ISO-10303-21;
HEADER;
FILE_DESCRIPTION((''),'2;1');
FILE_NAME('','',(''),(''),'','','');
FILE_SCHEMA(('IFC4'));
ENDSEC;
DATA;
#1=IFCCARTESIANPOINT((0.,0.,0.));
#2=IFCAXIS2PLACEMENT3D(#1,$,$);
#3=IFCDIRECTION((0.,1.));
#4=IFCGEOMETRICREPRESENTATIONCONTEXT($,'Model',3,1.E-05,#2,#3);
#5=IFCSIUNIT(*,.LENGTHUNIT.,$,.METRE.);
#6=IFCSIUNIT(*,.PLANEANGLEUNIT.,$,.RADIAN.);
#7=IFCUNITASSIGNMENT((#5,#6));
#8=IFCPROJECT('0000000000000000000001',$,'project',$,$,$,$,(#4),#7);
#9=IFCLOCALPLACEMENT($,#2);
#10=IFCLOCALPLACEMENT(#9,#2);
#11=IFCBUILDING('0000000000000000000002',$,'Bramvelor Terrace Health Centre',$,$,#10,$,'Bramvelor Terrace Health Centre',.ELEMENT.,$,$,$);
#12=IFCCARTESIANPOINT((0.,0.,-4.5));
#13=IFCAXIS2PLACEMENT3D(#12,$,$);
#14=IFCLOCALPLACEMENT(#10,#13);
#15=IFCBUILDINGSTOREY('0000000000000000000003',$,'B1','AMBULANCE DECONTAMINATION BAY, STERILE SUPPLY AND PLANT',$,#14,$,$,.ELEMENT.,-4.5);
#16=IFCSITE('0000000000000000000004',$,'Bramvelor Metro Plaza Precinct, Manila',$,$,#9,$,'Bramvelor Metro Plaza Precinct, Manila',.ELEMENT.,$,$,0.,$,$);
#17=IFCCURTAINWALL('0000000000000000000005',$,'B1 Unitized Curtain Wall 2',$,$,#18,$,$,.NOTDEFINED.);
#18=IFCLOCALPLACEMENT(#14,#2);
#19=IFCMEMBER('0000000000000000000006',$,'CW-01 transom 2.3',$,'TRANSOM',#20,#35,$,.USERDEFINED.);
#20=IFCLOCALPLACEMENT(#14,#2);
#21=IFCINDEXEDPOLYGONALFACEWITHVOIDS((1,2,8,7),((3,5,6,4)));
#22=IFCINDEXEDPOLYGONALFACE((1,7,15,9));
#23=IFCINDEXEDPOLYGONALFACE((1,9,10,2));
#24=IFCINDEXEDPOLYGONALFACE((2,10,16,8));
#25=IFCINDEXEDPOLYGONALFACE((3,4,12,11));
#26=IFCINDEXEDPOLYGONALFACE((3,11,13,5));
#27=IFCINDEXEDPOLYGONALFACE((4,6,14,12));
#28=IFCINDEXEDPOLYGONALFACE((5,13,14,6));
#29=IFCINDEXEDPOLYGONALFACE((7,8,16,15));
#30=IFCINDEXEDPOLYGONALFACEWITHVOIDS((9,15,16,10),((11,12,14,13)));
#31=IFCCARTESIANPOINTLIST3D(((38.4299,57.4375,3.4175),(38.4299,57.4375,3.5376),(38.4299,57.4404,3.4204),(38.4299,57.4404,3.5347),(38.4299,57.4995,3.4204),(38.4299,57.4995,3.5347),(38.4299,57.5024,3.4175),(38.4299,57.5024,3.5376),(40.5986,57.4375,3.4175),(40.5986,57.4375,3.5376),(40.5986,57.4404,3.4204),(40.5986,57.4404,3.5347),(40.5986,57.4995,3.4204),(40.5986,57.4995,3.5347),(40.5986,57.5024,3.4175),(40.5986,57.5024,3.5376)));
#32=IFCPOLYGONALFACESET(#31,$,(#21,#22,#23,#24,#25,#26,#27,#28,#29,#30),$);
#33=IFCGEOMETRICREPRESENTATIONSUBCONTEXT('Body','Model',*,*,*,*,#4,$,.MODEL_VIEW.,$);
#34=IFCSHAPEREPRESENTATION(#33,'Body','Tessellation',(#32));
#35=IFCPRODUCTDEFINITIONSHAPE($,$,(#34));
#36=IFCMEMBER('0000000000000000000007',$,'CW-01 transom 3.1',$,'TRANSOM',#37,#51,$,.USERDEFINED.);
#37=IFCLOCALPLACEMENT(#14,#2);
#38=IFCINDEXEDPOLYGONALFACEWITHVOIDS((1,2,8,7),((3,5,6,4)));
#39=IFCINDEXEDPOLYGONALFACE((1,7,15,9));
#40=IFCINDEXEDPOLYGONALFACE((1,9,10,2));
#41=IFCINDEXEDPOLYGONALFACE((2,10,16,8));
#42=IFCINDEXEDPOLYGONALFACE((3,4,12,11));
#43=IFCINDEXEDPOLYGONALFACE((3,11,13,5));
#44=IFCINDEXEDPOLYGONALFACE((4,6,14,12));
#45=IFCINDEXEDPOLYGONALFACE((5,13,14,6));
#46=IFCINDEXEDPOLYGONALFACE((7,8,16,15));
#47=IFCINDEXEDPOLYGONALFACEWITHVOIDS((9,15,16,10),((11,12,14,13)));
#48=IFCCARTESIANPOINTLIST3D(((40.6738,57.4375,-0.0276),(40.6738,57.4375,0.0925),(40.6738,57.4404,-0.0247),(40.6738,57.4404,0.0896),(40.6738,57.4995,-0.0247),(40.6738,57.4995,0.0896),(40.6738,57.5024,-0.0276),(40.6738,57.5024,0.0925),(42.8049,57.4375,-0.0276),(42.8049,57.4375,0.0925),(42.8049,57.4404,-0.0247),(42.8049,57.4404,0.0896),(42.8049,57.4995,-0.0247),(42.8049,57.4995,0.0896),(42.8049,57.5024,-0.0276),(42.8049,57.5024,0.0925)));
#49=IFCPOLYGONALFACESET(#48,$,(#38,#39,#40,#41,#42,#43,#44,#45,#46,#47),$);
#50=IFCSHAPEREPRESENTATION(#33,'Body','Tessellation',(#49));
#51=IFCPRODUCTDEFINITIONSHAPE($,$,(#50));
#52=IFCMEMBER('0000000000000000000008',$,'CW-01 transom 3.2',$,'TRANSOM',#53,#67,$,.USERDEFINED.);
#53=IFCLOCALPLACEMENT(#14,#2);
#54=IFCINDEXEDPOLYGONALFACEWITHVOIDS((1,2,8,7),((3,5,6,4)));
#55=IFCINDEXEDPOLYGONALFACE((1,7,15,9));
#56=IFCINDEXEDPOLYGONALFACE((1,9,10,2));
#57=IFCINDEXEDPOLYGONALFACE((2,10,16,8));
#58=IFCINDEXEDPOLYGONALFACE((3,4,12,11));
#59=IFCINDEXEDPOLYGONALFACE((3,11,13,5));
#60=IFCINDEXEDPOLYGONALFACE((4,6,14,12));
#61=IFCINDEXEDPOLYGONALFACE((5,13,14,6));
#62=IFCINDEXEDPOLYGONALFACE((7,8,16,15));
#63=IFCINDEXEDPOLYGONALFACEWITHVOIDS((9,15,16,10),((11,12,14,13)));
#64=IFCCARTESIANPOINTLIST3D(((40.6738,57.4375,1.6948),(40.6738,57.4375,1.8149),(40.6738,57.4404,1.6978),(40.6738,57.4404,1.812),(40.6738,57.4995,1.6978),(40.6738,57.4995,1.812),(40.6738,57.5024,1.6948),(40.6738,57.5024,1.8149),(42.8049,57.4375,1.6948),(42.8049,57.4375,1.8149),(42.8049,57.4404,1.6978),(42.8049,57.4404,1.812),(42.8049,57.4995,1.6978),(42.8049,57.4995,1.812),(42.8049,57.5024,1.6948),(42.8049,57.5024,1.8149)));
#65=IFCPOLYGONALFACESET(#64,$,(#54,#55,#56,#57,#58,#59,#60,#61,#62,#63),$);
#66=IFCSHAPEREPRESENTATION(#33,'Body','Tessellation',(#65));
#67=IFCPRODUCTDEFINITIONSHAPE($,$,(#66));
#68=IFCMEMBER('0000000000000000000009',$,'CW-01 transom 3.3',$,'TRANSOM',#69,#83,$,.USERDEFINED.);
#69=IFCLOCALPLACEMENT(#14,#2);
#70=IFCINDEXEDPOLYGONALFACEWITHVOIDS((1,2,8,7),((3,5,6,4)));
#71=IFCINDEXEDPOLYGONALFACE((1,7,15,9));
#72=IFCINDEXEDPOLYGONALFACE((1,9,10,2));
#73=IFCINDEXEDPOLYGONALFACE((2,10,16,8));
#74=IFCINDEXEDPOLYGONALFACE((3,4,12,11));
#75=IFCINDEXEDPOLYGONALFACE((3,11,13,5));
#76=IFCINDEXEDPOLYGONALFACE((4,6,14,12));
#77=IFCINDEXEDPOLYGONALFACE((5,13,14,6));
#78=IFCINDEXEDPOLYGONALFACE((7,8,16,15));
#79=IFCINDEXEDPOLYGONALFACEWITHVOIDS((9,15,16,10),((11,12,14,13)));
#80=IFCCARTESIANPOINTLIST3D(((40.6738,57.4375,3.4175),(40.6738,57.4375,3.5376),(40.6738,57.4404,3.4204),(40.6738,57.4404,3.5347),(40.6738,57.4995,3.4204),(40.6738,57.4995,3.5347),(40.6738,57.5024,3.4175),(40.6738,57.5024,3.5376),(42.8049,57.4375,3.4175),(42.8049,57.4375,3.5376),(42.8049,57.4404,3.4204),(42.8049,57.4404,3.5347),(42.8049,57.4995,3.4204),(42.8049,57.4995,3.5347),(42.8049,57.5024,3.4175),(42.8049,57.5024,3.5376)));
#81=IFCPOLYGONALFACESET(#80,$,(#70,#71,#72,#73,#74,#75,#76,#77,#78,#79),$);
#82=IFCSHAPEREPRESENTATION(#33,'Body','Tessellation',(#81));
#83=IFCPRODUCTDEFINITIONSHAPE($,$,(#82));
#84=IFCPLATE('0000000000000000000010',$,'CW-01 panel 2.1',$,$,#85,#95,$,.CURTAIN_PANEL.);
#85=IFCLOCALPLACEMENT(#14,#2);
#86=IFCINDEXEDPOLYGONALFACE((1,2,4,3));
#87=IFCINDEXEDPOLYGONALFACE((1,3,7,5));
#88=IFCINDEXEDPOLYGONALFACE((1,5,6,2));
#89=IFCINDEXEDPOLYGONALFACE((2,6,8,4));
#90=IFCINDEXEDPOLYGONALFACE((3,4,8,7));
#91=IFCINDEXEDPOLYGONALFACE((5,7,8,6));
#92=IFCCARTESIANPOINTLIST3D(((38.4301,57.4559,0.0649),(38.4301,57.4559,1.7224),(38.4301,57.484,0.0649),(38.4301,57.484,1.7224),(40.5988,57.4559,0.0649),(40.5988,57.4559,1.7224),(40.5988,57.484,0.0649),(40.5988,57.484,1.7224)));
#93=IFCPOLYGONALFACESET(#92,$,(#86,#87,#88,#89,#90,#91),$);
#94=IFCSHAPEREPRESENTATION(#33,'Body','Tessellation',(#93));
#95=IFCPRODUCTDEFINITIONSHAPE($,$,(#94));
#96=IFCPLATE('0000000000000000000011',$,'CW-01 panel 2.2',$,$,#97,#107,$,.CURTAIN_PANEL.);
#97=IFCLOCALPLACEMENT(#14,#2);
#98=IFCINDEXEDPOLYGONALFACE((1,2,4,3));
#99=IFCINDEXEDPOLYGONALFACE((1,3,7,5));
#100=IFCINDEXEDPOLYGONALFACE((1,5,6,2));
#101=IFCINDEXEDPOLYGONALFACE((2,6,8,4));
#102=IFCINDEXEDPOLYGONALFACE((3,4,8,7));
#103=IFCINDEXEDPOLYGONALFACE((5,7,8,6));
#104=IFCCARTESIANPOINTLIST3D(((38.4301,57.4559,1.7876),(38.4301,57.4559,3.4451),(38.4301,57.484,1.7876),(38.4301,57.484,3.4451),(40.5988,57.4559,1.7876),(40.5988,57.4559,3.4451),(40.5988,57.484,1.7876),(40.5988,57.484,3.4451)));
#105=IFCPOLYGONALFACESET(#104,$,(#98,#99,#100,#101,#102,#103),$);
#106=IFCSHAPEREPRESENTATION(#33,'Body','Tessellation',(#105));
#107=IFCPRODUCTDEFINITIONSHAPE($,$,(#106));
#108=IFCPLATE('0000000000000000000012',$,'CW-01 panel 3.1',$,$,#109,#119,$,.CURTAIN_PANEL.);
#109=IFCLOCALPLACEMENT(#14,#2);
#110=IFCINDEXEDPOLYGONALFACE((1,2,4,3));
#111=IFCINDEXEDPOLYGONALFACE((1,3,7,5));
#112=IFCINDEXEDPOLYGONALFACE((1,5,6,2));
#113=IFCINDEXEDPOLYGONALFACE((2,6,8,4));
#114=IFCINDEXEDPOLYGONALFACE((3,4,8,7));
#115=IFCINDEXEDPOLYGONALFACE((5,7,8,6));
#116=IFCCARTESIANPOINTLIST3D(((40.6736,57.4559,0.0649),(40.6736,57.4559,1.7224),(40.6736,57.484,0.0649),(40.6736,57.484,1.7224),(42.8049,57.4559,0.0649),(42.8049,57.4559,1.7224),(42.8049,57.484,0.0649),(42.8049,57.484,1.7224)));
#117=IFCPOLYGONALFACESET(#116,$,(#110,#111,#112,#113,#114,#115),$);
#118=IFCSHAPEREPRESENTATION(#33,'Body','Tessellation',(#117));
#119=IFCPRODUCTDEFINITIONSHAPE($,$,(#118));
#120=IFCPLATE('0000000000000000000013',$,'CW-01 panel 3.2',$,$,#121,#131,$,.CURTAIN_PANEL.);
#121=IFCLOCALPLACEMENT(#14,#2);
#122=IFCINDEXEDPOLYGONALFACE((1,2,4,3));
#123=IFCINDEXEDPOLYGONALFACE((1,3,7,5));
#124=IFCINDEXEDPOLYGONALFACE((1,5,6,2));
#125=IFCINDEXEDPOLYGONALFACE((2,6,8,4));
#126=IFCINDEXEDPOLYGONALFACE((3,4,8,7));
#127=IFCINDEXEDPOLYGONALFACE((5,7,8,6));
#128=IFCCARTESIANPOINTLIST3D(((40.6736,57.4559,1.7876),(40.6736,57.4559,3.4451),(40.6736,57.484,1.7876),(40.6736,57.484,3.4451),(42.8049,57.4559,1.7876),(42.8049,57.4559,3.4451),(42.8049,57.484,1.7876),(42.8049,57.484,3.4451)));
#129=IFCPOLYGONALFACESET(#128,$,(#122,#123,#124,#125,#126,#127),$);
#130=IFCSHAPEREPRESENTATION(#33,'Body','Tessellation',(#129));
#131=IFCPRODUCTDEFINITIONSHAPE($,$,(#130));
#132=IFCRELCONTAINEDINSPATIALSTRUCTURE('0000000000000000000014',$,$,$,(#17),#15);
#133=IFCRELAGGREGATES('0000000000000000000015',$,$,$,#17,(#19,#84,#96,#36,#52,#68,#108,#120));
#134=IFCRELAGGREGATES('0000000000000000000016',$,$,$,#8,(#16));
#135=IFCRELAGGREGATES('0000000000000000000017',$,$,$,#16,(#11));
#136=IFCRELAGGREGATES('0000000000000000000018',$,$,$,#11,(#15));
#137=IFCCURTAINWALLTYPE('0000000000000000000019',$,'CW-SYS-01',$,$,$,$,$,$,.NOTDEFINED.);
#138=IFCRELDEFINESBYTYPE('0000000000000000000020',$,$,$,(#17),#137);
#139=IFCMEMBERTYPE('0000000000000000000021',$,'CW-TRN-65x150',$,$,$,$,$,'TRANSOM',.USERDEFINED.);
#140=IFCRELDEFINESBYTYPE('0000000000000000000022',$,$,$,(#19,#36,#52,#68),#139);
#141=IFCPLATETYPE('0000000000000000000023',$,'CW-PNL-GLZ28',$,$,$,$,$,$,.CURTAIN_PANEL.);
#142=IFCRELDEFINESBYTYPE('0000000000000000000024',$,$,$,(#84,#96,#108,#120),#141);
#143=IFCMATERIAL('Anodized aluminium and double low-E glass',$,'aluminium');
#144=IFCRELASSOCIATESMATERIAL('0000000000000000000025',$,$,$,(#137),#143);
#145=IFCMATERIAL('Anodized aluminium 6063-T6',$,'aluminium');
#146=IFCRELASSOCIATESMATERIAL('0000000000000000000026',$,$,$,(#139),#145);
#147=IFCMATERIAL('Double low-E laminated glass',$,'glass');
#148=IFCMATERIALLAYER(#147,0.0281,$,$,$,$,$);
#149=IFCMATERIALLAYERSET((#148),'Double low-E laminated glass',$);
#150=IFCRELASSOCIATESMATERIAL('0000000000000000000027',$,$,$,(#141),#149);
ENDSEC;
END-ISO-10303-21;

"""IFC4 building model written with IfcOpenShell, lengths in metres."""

from ifc_helpers import new_model, si_unit, direction, frame, origin, origin_2d, place, context, subcontext, project, spatial, rectangle, hollow_rectangle, extrude, material, layer, layer_set, material_profile, profile_set, type_object, element, aggregate, save


model = new_model("IFC4")

# Units and contexts
model_context = context("Model", 3, precision=1e-05, world=origin(), true_north=direction((0.0, 1.0)))
body_context = subcontext(model_context, "Body", "Model", "MODEL_VIEW")
ifc_project = project(units=[si_unit("LENGTHUNIT", "METRE"), si_unit("PLANEANGLEUNIT", "RADIAN")], contexts=[model_context])

# Site, building, storey
site_placement = place(None, origin())
site = spatial("IfcSite", under=ifc_project, at=site_placement, Name="Bramvelor Metro Plaza Precinct, Manila", LongName="Bramvelor Metro Plaza Precinct, Manila", CompositionType="ELEMENT", RefElevation=0.0)
building_placement = place(site_placement, origin())
building = spatial("IfcBuilding", under=site, at=building_placement, Name="Bramvelor Terrace Health Centre", LongName="Bramvelor Terrace Health Centre", CompositionType="ELEMENT")
storey_placement = place(building_placement, frame((0.0, 0.0, -4.5)))
storey = spatial("IfcBuildingStorey", under=building, at=storey_placement, Name="B1", Description="AMBULANCE DECONTAMINATION BAY, STERILE SUPPLY AND PLANT", CompositionType="ELEMENT", Elevation=-4.5)

# Curtain wall, members, plates
ifc_material_1 = material(Name="Anodized aluminium and double low-E glass", Category="aluminium")
curtain_wall_type = type_object("IfcCurtainWallType", Name="CW-SYS-01", PredefinedType="NOTDEFINED", material=ifc_material_1)
curtain_wall_placement = place(storey_placement, origin())
curtain_wall = element("IfcCurtainWall", 1, at=curtain_wall_placement, inside=storey, type_object=curtain_wall_type, Name="B1 Unitized Curtain Wall 2", PredefinedType="NOTDEFINED")
ifc_material_2 = material(Name="Anodized aluminium 6063-T6", Category="aluminium")
ifc_material_profile_1 = material_profile(ifc_material_2, hollow_rectangle(XDim=0.0649, YDim=0.1201, WallThickness=0.0029, at=origin_2d()), Name="ALU-TRN 65x120x3.0")
ifc_profile_set_1 = profile_set([ifc_material_profile_1], Name="Anodized aluminium 6063-T6")
member_type_1 = type_object("IfcMemberType", Name="CW-TRN-65x150", ElementType="TRANSOM", PredefinedType="USERDEFINED", material=ifc_profile_set_1)
member_1_placement = place(storey_placement, frame((38.4299, 57.47, 3.4775), z_axis=(1.0, 0.0, 0.0), x_axis=(0.0, 1.0, 0.0)))
member_1 = element("IfcMember", 2, at=member_1_placement, type_object=member_type_1, Name="CW-01 transom 2.3", ObjectType="TRANSOM", PredefinedType="USERDEFINED", context=body_context, shape_type="SweptSolid", body=[
    extrude(hollow_rectangle(XDim=0.0649, YDim=0.1201, WallThickness=0.0029, at=origin_2d()), origin(), (0.0, 0.0, 1.0), 2.1687),
])
member_2_placement = place(storey_placement, frame((40.6738, 57.47, 0.0325), z_axis=(1.0, 0.0, 0.0), x_axis=(0.0, 1.0, 0.0)))
member_2 = element("IfcMember", 3, at=member_2_placement, type_object=member_type_1, Name="CW-01 transom 3.1", ObjectType="TRANSOM", PredefinedType="USERDEFINED", context=body_context, shape_type="SweptSolid", body=[
    extrude(hollow_rectangle(XDim=0.0649, YDim=0.1201, WallThickness=0.0029, at=origin_2d()), origin(), (0.0, 0.0, 1.0), 2.1311),
])
member_3_placement = place(storey_placement, frame((40.6738, 57.47, 1.7549), z_axis=(1.0, 0.0, 0.0), x_axis=(0.0, 1.0, 0.0)))
member_3 = element("IfcMember", 4, at=member_3_placement, type_object=member_type_1, Name="CW-01 transom 3.2", ObjectType="TRANSOM", PredefinedType="USERDEFINED", context=body_context, shape_type="SweptSolid", body=[
    extrude(hollow_rectangle(XDim=0.0649, YDim=0.1201, WallThickness=0.0029, at=origin_2d()), origin(), (0.0, 0.0, 1.0), 2.1311),
])
member_4_placement = place(storey_placement, frame((40.6738, 57.47, 3.4775), z_axis=(1.0, 0.0, 0.0), x_axis=(0.0, 1.0, 0.0)))
member_4 = element("IfcMember", 5, at=member_4_placement, type_object=member_type_1, Name="CW-01 transom 3.3", ObjectType="TRANSOM", PredefinedType="USERDEFINED", context=body_context, shape_type="SweptSolid", body=[
    extrude(hollow_rectangle(XDim=0.0649, YDim=0.1201, WallThickness=0.0029, at=origin_2d()), origin(), (0.0, 0.0, 1.0), 2.1311),
])
ifc_material_3 = material(Name="Double low-E laminated glass", Category="glass")
ifc_layer = layer(ifc_material_3, 0.0281)
ifc_layer_set = layer_set([ifc_layer], Name="Double low-E laminated glass")
plate_type = type_object("IfcPlateType", Name="CW-PNL-GLZ28", PredefinedType="CURTAIN_PANEL", material=ifc_layer_set)
plate_1_placement = place(storey_placement, frame((39.5144, 57.47, 0.0649), z_axis=(0.0, 0.0, 1.0), x_axis=(1.0, 0.0, 0.0)))
plate_1 = element("IfcPlate", 6, at=plate_1_placement, type_object=plate_type, Name="CW-01 panel 2.1", PredefinedType="CURTAIN_PANEL", context=body_context, shape_type="SweptSolid", body=[
    extrude(rectangle(XDim=2.1687, YDim=0.0281, at=origin_2d()), origin(), (0.0, 0.0, 1.0), 1.6575),
])
plate_2_placement = place(storey_placement, frame((39.5144, 57.47, 1.7876), z_axis=(0.0, 0.0, 1.0), x_axis=(1.0, 0.0, 0.0)))
plate_2 = element("IfcPlate", 7, at=plate_2_placement, type_object=plate_type, Name="CW-01 panel 2.2", PredefinedType="CURTAIN_PANEL", context=body_context, shape_type="SweptSolid", body=[
    extrude(rectangle(XDim=2.1687, YDim=0.0281, at=origin_2d()), origin(), (0.0, 0.0, 1.0), 1.6575),
])
plate_3_placement = place(storey_placement, frame((41.7393, 57.47, 0.0649), z_axis=(0.0, 0.0, 1.0), x_axis=(1.0, 0.0, 0.0)))
plate_3 = element("IfcPlate", 8, at=plate_3_placement, type_object=plate_type, Name="CW-01 panel 3.1", PredefinedType="CURTAIN_PANEL", context=body_context, shape_type="SweptSolid", body=[
    extrude(rectangle(XDim=2.1313, YDim=0.0281, at=origin_2d()), origin(), (0.0, 0.0, 1.0), 1.6575),
])
plate_4_placement = place(storey_placement, frame((41.7393, 57.47, 1.7876), z_axis=(0.0, 0.0, 1.0), x_axis=(1.0, 0.0, 0.0)))
plate_4 = element("IfcPlate", 9, at=plate_4_placement, type_object=plate_type, Name="CW-01 panel 3.2", PredefinedType="CURTAIN_PANEL", context=body_context, shape_type="SweptSolid", body=[
    extrude(rectangle(XDim=2.1313, YDim=0.0281, at=origin_2d()), origin(), (0.0, 0.0, 1.0), 1.6575),
])
aggregate(curtain_wall, [member_1, plate_1, plate_2, member_2, member_3, member_4, plate_3, plate_4])

save(model, "model.ifc")
